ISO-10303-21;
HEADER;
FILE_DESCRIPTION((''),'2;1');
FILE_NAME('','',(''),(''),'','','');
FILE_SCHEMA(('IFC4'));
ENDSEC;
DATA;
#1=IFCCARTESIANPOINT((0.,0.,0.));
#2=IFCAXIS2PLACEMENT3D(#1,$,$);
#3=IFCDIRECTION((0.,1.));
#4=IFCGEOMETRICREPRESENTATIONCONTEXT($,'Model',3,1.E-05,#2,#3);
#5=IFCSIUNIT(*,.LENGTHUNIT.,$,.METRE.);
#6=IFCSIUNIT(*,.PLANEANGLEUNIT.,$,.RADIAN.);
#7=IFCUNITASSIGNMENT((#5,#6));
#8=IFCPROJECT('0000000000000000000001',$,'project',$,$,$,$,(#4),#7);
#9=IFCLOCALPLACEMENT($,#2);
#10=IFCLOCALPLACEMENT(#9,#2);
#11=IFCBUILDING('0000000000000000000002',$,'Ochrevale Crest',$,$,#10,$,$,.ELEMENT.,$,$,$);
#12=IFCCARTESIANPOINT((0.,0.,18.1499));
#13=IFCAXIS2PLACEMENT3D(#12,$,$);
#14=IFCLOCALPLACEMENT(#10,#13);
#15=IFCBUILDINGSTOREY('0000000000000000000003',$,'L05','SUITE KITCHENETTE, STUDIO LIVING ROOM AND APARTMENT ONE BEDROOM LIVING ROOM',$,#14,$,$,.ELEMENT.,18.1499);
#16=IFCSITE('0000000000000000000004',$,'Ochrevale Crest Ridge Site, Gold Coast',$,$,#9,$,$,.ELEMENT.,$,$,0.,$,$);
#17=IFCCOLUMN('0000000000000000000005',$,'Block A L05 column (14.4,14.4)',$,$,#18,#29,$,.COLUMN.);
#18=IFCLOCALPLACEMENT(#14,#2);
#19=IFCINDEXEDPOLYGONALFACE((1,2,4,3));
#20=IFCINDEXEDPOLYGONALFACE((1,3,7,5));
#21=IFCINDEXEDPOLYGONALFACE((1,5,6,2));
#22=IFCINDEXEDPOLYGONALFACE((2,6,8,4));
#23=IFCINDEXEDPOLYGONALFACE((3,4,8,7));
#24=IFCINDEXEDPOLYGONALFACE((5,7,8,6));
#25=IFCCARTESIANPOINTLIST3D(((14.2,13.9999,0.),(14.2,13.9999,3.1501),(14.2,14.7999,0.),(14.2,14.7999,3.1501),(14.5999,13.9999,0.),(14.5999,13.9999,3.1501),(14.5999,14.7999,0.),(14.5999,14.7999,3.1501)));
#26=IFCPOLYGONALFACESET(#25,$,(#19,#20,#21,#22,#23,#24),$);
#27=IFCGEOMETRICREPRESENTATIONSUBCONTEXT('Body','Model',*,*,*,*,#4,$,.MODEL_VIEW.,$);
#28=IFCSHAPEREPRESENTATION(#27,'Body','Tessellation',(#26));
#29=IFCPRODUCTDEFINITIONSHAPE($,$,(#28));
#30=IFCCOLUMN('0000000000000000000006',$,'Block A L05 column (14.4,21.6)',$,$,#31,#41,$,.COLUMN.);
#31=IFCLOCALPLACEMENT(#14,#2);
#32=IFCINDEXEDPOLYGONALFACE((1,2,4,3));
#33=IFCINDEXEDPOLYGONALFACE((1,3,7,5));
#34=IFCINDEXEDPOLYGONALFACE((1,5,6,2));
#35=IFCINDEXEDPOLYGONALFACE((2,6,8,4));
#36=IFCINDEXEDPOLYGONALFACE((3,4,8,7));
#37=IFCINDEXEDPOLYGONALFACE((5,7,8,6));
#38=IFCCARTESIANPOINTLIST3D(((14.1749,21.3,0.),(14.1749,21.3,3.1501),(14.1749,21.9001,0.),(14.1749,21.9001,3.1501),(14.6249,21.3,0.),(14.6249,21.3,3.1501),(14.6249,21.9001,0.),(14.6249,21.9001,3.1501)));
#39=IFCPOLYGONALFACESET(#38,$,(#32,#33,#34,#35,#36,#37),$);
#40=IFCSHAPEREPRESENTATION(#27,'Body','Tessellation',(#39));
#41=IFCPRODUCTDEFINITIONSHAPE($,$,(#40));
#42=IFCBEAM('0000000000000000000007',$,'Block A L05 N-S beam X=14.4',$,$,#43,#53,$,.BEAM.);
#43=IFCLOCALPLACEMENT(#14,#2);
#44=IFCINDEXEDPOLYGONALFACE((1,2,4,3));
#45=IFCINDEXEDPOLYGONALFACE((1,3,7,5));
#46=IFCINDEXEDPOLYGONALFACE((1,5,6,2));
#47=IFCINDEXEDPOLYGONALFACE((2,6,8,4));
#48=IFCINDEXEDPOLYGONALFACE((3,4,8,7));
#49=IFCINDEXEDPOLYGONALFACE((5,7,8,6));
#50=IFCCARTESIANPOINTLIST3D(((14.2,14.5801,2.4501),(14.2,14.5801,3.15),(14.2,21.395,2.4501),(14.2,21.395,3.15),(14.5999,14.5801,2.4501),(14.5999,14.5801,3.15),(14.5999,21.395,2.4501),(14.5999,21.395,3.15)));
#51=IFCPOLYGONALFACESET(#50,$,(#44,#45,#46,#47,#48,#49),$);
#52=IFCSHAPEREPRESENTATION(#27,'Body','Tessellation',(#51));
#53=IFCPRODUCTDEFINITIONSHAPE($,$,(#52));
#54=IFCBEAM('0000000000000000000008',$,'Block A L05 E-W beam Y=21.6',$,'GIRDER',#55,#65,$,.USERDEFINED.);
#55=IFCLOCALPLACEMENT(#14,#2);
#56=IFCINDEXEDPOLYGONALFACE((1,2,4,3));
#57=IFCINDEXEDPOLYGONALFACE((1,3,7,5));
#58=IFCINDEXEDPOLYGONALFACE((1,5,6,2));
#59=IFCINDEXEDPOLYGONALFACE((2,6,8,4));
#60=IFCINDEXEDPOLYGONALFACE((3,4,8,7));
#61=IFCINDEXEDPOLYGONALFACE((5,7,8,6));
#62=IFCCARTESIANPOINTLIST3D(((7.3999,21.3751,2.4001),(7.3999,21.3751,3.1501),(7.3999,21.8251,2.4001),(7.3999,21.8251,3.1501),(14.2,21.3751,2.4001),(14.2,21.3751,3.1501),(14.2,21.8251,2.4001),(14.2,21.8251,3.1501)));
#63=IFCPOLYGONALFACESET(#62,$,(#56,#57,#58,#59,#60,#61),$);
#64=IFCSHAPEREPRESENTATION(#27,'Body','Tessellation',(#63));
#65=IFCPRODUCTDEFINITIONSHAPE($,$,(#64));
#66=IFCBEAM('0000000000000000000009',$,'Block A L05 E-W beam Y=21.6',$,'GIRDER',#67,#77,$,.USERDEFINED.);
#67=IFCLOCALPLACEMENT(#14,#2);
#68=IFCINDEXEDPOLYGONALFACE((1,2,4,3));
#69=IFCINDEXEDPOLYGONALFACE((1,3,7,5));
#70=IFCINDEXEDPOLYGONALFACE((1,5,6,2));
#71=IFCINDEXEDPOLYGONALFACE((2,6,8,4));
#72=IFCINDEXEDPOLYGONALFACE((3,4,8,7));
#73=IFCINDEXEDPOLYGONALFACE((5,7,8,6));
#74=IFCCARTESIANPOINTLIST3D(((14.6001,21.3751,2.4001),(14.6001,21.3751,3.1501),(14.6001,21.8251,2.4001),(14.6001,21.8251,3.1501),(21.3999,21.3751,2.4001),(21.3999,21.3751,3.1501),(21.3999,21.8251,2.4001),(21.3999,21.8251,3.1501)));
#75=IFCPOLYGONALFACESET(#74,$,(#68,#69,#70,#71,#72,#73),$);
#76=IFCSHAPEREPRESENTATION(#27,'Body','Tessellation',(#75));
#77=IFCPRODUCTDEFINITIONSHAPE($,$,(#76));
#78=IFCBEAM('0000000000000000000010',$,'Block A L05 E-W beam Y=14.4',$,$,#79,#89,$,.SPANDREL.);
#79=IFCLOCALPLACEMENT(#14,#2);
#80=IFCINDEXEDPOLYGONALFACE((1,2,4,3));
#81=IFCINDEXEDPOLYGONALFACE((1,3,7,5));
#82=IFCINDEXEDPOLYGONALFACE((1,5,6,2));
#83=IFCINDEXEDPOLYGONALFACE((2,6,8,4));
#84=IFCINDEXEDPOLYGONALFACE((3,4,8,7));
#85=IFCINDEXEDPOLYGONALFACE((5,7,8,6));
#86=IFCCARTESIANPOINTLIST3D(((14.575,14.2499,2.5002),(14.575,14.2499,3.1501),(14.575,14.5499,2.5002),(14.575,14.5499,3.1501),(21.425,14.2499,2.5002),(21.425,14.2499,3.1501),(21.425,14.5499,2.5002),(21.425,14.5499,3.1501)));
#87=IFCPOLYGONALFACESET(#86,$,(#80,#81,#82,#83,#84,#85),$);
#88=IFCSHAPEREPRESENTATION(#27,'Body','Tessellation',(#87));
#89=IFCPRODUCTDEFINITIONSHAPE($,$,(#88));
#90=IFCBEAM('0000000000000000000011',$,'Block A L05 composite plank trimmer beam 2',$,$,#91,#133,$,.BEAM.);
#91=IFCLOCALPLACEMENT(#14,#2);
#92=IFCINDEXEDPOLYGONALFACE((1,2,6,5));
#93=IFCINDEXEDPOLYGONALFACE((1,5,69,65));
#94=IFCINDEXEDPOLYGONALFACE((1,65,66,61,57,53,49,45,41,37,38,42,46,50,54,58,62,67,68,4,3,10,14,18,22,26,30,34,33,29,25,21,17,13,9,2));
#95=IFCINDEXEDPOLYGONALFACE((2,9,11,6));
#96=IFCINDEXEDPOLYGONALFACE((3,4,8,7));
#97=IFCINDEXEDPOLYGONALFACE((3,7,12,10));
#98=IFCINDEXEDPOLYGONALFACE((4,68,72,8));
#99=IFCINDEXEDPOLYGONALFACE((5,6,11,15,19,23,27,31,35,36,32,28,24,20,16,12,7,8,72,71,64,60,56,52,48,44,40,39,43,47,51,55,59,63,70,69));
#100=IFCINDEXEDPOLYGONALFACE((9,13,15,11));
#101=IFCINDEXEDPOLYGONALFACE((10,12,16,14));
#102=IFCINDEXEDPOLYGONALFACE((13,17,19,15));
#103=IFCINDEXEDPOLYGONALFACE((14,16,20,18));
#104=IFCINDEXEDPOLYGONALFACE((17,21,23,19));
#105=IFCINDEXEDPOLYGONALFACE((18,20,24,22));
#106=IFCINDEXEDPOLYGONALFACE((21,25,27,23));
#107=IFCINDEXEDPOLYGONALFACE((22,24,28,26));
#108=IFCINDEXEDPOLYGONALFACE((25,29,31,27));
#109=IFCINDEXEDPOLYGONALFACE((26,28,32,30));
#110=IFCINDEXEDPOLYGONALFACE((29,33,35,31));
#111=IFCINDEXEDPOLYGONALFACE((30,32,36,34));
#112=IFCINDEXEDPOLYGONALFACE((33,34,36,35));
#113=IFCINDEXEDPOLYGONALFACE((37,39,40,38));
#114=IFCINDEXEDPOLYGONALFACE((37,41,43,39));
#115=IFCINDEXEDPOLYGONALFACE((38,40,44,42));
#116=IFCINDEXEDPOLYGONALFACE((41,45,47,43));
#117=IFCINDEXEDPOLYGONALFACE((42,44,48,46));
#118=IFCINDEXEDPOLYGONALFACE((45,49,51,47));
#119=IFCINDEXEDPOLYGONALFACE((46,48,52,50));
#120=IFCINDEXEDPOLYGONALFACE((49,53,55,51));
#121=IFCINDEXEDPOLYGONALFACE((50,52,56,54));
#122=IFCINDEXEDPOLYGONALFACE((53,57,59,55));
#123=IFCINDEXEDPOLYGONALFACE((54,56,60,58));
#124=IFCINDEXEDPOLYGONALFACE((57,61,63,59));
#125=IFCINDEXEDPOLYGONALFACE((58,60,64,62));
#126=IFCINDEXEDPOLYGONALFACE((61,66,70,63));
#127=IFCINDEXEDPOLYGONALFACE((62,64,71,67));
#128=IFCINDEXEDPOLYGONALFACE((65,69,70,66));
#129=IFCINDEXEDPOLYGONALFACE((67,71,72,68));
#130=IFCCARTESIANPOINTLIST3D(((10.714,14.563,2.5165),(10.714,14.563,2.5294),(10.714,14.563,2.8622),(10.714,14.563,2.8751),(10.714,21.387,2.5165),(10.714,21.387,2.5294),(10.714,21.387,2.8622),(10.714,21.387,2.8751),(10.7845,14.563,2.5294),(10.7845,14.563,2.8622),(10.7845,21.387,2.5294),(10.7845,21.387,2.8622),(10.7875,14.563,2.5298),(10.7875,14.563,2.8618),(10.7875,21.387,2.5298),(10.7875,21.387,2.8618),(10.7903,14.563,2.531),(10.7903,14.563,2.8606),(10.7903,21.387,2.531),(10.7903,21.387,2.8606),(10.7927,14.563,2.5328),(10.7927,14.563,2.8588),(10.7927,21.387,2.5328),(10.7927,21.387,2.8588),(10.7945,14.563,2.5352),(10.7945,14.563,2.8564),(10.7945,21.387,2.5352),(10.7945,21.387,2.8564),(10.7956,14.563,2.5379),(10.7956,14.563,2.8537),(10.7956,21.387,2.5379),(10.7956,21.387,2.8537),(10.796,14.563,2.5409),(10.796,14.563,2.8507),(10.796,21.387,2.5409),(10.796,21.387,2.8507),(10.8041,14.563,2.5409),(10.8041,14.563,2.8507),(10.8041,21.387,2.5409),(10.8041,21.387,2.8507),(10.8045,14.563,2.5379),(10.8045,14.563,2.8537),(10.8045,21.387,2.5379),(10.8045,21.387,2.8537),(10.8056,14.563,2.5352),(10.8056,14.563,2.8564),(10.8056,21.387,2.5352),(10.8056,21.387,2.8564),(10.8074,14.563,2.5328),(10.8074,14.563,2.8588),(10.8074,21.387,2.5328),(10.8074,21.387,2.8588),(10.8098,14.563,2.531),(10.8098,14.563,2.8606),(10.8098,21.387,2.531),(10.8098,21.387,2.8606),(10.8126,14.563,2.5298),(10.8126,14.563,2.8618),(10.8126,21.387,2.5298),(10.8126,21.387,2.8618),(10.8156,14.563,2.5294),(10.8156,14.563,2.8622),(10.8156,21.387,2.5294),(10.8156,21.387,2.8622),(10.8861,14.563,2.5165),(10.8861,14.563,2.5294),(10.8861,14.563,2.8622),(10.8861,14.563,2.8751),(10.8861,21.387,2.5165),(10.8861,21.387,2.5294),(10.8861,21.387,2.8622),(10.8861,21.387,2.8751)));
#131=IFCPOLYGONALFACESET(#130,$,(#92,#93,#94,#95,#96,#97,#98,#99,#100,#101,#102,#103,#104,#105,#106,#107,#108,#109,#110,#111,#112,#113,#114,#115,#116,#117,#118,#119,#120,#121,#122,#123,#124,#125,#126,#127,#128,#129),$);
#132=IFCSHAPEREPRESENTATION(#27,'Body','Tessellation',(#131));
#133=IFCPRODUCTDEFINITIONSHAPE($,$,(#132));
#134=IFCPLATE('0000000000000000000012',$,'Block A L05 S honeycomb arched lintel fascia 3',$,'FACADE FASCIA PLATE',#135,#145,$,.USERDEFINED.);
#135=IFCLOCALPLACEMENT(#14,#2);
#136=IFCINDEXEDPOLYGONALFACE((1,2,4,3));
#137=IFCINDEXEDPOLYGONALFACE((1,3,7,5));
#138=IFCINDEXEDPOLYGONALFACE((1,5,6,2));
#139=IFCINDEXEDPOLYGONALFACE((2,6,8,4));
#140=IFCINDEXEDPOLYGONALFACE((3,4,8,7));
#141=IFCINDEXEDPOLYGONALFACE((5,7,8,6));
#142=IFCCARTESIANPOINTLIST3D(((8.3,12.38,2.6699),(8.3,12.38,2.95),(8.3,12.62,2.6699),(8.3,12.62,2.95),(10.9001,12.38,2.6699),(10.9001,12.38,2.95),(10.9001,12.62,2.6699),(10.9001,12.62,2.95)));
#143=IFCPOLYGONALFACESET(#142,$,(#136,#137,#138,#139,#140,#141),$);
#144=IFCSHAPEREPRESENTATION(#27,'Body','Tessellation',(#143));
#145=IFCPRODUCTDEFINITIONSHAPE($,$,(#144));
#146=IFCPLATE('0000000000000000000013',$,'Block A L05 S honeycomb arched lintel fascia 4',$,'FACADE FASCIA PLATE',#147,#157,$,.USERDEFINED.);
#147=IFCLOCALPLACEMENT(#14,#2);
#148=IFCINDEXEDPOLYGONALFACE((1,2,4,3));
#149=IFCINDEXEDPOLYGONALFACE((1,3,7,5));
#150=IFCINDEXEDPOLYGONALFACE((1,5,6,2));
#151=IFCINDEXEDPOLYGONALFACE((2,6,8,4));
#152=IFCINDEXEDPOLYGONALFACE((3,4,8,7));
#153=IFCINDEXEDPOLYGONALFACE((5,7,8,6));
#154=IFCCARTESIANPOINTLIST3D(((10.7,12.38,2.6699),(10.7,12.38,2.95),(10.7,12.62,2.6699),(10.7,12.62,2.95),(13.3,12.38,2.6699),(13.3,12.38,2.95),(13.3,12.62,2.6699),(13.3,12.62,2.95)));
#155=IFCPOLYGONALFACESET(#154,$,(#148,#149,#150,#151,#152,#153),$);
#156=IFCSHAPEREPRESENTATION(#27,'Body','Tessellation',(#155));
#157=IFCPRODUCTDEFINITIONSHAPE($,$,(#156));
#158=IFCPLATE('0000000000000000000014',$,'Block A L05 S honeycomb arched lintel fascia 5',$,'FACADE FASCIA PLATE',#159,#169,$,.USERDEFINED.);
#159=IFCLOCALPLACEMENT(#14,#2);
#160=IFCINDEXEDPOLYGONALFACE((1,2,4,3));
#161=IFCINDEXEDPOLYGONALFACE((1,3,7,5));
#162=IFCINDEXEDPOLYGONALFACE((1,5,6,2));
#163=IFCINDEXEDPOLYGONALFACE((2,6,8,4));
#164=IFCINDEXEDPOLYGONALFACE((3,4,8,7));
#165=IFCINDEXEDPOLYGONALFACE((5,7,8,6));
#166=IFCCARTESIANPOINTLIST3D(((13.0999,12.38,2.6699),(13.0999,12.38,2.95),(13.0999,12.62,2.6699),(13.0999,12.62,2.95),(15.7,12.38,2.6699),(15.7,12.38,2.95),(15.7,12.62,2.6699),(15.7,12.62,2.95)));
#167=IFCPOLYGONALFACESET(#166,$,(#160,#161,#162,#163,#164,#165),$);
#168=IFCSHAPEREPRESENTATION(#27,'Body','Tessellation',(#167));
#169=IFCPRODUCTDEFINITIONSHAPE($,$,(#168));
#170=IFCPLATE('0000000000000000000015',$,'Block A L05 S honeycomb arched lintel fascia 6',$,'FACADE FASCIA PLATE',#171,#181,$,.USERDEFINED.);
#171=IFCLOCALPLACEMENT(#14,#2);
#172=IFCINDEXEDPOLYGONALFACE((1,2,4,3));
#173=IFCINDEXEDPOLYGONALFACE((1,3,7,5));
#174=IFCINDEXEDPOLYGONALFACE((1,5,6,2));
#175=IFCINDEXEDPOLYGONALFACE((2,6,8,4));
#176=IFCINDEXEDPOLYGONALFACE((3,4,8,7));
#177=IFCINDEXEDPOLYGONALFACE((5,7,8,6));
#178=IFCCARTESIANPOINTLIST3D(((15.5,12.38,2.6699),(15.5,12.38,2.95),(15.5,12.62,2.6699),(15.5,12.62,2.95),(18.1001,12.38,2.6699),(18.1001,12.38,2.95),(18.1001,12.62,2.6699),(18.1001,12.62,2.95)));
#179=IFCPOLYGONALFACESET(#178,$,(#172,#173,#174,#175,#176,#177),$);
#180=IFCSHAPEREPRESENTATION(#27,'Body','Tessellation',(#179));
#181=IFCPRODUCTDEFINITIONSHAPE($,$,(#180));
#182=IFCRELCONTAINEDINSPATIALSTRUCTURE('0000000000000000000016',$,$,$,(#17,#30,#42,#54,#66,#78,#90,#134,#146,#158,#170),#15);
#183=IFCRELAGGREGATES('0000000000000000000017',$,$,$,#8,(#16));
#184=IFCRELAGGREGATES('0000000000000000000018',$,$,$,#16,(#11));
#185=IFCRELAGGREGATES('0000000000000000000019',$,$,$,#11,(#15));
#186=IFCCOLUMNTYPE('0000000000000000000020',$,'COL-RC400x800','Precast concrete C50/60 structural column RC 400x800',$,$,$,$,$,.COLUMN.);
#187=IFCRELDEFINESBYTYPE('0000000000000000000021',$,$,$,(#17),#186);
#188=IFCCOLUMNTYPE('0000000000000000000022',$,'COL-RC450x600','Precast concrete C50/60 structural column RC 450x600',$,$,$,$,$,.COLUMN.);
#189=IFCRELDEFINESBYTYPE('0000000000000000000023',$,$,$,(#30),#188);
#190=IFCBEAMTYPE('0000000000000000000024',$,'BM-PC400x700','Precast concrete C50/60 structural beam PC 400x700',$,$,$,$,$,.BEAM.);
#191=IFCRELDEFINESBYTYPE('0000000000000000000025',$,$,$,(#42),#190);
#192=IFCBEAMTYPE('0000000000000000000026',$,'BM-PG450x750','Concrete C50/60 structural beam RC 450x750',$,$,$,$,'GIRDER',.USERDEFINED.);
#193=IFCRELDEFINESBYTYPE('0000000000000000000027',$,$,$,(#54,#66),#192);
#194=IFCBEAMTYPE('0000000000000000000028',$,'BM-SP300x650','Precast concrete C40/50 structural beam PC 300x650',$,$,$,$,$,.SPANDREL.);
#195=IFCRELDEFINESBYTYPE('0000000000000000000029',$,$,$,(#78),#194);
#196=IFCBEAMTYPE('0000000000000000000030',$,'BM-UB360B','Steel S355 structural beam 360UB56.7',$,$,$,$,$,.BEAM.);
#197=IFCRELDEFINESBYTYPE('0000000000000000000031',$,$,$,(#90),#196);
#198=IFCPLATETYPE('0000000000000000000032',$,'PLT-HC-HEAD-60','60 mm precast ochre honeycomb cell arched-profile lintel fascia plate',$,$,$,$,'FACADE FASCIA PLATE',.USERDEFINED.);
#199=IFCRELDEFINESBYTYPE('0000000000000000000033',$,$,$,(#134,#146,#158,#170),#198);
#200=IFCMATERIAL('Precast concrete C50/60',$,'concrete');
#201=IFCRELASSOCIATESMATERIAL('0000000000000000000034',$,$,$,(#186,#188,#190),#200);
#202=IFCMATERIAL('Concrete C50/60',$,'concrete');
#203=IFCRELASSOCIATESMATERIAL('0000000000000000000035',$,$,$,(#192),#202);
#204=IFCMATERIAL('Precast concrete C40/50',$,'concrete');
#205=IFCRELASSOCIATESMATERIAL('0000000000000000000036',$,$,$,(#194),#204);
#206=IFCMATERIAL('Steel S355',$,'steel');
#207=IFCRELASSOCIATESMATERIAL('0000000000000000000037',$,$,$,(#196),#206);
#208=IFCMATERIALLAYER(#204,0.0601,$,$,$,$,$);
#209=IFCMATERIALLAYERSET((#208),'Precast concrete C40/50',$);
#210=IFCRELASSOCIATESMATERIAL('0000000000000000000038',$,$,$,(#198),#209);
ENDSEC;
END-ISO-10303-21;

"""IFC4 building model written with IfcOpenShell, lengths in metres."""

from ifc_helpers import new_model, si_unit, direction, frame, origin, origin_2d, place, context, subcontext, project, spatial, rectangle, i_section, extrude, material, layer, layer_set, material_profile, profile_set, type_object, element, save


model = new_model("IFC4")

# Units and contexts
model_context = context("Model", 3, precision=1e-05, world=origin(), true_north=direction((0.0, 1.0)))
body_context = subcontext(model_context, "Body", "Model", "MODEL_VIEW")
ifc_project = project(units=[si_unit("LENGTHUNIT", "METRE"), si_unit("PLANEANGLEUNIT", "RADIAN")], contexts=[model_context])

# Site, building, storey
site_placement = place(None, origin())
site = spatial("IfcSite", under=ifc_project, at=site_placement, Name="Ochrevale Crest Ridge Site, Gold Coast", CompositionType="ELEMENT", RefElevation=0.0)
building_placement = place(site_placement, origin())
building = spatial("IfcBuilding", under=site, at=building_placement, Name="Ochrevale Crest", CompositionType="ELEMENT")
storey_placement = place(building_placement, frame((0.0, 0.0, 18.1499)))
storey = spatial("IfcBuildingStorey", under=building, at=storey_placement, Name="L05", Description="SUITE KITCHENETTE, STUDIO LIVING ROOM AND APARTMENT ONE BEDROOM LIVING ROOM", CompositionType="ELEMENT", Elevation=18.1499)

# Columns
ifc_material_1 = material(Name="Precast concrete C50/60", Category="concrete")
ifc_material_profile_1 = material_profile(ifc_material_1, rectangle(XDim=0.3999, YDim=0.8, at=origin_2d()), Name="RC 400x800")
ifc_profile_set_1 = profile_set([ifc_material_profile_1], Name="Precast concrete C50/60")
column_type_1 = type_object("IfcColumnType", Name="COL-RC400x800", Description="Precast concrete C50/60 structural column RC 400x800", PredefinedType="COLUMN", material=ifc_profile_set_1)
column_1_placement = place(storey_placement, frame((14.3999, 14.3999, 0.0), z_axis=(0.0, 0.0, 1.0), x_axis=(1.0, 0.0, 0.0)))
element("IfcColumn", 1, at=column_1_placement, inside=storey, type_object=column_type_1, Name="Block A L05 column (14.4,14.4)", PredefinedType="COLUMN", context=body_context, shape_type="SweptSolid", body=[
    extrude(rectangle(XDim=0.3999, YDim=0.8, at=origin_2d()), origin(), (0.0, 0.0, 1.0), 3.1501),
])
ifc_material_profile_2 = material_profile(ifc_material_1, rectangle(XDim=0.45, YDim=0.6001, at=origin_2d()), Name="RC 450x600")
ifc_profile_set_2 = profile_set([ifc_material_profile_2], Name="Precast concrete C50/60")
column_type_2 = type_object("IfcColumnType", Name="COL-RC450x600", Description="Precast concrete C50/60 structural column RC 450x600", PredefinedType="COLUMN", material=ifc_profile_set_2)
column_2_placement = place(storey_placement, frame((14.3999, 21.6001, 0.0), z_axis=(0.0, 0.0, 1.0), x_axis=(1.0, 0.0, 0.0)))
element("IfcColumn", 2, at=column_2_placement, inside=storey, type_object=column_type_2, Name="Block A L05 column (14.4,21.6)", PredefinedType="COLUMN", context=body_context, shape_type="SweptSolid", body=[
    extrude(rectangle(XDim=0.45, YDim=0.6001, at=origin_2d()), origin(), (0.0, 0.0, 1.0), 3.1501),
])

# Beams
ifc_material_profile_3 = material_profile(ifc_material_1, rectangle(XDim=0.3999, YDim=0.7, at=origin_2d()), Name="PC 400x700")
ifc_profile_set_3 = profile_set([ifc_material_profile_3], Name="Precast concrete C50/60")
beam_type_1 = type_object("IfcBeamType", Name="BM-PC400x700", Description="Precast concrete C50/60 structural beam PC 400x700", PredefinedType="BEAM", material=ifc_profile_set_3)
beam_1_placement = place(storey_placement, frame((14.3999, 14.5801, 2.8), z_axis=(0.0, 1.0, 0.0), x_axis=(-1.0, 0.0, 0.0)))
element("IfcBeam", 3, at=beam_1_placement, inside=storey, type_object=beam_type_1, Name="Block A L05 N-S beam X=14.4", PredefinedType="BEAM", context=body_context, shape_type="SweptSolid", body=[
    extrude(rectangle(XDim=0.3999, YDim=0.7, at=origin_2d()), origin(), (0.0, 0.0, 1.0), 6.8149),
])
ifc_material_2 = material(Name="Concrete C50/60", Category="concrete")
ifc_material_profile_4 = material_profile(ifc_material_2, rectangle(XDim=0.45, YDim=0.75, at=origin_2d()), Name="RC 450x750")
ifc_profile_set_4 = profile_set([ifc_material_profile_4], Name="Concrete C50/60")
beam_type_2 = type_object("IfcBeamType", Name="BM-PG450x750", Description="Concrete C50/60 structural beam RC 450x750", ElementType="GIRDER", PredefinedType="USERDEFINED", material=ifc_profile_set_4)
beam_2_placement = place(storey_placement, frame((7.3999, 21.6001, 2.7751), z_axis=(1.0, 0.0, 0.0), x_axis=(0.0, 1.0, 0.0)))
element("IfcBeam", 4, at=beam_2_placement, inside=storey, type_object=beam_type_2, Name="Block A L05 E-W beam Y=21.6", ObjectType="GIRDER", PredefinedType="USERDEFINED", context=body_context, shape_type="SweptSolid", body=[
    extrude(rectangle(XDim=0.45, YDim=0.75, at=origin_2d()), origin(), (0.0, 0.0, 1.0), 6.8),
])
beam_3_placement = place(storey_placement, frame((14.6001, 21.6001, 2.7751), z_axis=(1.0, 0.0, 0.0), x_axis=(0.0, 1.0, 0.0)))
element("IfcBeam", 5, at=beam_3_placement, inside=storey, type_object=beam_type_2, Name="Block A L05 E-W beam Y=21.6", ObjectType="GIRDER", PredefinedType="USERDEFINED", context=body_context, shape_type="SweptSolid", body=[
    extrude(rectangle(XDim=0.45, YDim=0.75, at=origin_2d()), origin(), (0.0, 0.0, 1.0), 6.7998),
])
ifc_material_3 = material(Name="Precast concrete C40/50", Category="concrete")
ifc_material_profile_5 = material_profile(ifc_material_3, rectangle(XDim=0.3, YDim=0.6499, at=origin_2d()), Name="PC 300x650")
ifc_profile_set_5 = profile_set([ifc_material_profile_5], Name="Precast concrete C40/50")
beam_type_3 = type_object("IfcBeamType", Name="BM-SP300x650", Description="Precast concrete C40/50 structural beam PC 300x650", PredefinedType="SPANDREL", material=ifc_profile_set_5)
beam_4_placement = place(storey_placement, frame((14.575, 14.3999, 2.8252), z_axis=(1.0, 0.0, 0.0), x_axis=(0.0, 1.0, 0.0)))
element("IfcBeam", 6, at=beam_4_placement, inside=storey, type_object=beam_type_3, Name="Block A L05 E-W beam Y=14.4", PredefinedType="SPANDREL", context=body_context, shape_type="SweptSolid", body=[
    extrude(rectangle(XDim=0.3, YDim=0.6499, at=origin_2d()), origin(), (0.0, 0.0, 1.0), 6.8501),
])
ifc_material_4 = material(Name="Steel S355", Category="steel")
ifc_material_profile_6 = material_profile(ifc_material_4, i_section(OverallWidth=0.1721, OverallDepth=0.3586, WebThickness=0.0081, FlangeThickness=0.0129, FilletRadius=0.0115, at=origin_2d()), Name="360UB56.7")
ifc_profile_set_6 = profile_set([ifc_material_profile_6], Name="Steel S355")
beam_type_4 = type_object("IfcBeamType", Name="BM-UB360B", Description="Steel S355 structural beam 360UB56.7", PredefinedType="BEAM", material=ifc_profile_set_6)
beam_5_placement = place(storey_placement, frame((10.8, 14.563, 2.6958), z_axis=(0.0, 1.0, 0.0), x_axis=(-1.0, 0.0, 0.0)))
element("IfcBeam", 7, at=beam_5_placement, inside=storey, type_object=beam_type_4, Name="Block A L05 composite plank trimmer beam 2", PredefinedType="BEAM", context=body_context, shape_type="SweptSolid", body=[
    extrude(i_section(OverallWidth=0.1721, OverallDepth=0.3586, WebThickness=0.0081, FlangeThickness=0.0129, FilletRadius=0.0115, at=origin_2d()), origin(), (0.0, 0.0, 1.0), 6.824),
])

# Plates
ifc_layer_1 = layer(ifc_material_3, 0.0601)
ifc_layer_set_1 = layer_set([ifc_layer_1], Name="Precast concrete C40/50")
plate_type_1 = type_object("IfcPlateType", Name="PLT-HC-HEAD-60", Description="60 mm precast ochre honeycomb cell arched-profile lintel fascia plate", ElementType="FACADE FASCIA PLATE", PredefinedType="USERDEFINED", material=ifc_layer_set_1)
for number, where, z_axis, x_axis, name in (
    (8, (9.6001, 12.5, 2.6699), (0.0, 0.0, 1.0), (1.0, 0.0, 0.0), "Block A L05 S honeycomb arched lintel fascia 3"),
    (9, (12.0, 12.5, 2.6699), (0.0, 0.0, 1.0), (1.0, 0.0, 0.0), "Block A L05 S honeycomb arched lintel fascia 4"),
    (10, (14.3999, 12.5, 2.6699), (0.0, 0.0, 1.0), (1.0, 0.0, 0.0), "Block A L05 S honeycomb arched lintel fascia 5"),
    (11, (16.8, 12.5, 2.6699), (0.0, 0.0, 1.0), (1.0, 0.0, 0.0), "Block A L05 S honeycomb arched lintel fascia 6"),
):
    element("IfcPlate", number, at=place(storey_placement, frame(where, z_axis=z_axis, x_axis=x_axis)), inside=storey, type_object=plate_type_1, Name=name, ObjectType="FACADE FASCIA PLATE", PredefinedType="USERDEFINED", context=body_context, shape_type="SweptSolid", body=[
        extrude(rectangle(XDim=2.6001, YDim=0.24, at=origin_2d()), origin(), (0.0, 0.0, 1.0), 0.28),
    ])

save(model, "model.ifc")
